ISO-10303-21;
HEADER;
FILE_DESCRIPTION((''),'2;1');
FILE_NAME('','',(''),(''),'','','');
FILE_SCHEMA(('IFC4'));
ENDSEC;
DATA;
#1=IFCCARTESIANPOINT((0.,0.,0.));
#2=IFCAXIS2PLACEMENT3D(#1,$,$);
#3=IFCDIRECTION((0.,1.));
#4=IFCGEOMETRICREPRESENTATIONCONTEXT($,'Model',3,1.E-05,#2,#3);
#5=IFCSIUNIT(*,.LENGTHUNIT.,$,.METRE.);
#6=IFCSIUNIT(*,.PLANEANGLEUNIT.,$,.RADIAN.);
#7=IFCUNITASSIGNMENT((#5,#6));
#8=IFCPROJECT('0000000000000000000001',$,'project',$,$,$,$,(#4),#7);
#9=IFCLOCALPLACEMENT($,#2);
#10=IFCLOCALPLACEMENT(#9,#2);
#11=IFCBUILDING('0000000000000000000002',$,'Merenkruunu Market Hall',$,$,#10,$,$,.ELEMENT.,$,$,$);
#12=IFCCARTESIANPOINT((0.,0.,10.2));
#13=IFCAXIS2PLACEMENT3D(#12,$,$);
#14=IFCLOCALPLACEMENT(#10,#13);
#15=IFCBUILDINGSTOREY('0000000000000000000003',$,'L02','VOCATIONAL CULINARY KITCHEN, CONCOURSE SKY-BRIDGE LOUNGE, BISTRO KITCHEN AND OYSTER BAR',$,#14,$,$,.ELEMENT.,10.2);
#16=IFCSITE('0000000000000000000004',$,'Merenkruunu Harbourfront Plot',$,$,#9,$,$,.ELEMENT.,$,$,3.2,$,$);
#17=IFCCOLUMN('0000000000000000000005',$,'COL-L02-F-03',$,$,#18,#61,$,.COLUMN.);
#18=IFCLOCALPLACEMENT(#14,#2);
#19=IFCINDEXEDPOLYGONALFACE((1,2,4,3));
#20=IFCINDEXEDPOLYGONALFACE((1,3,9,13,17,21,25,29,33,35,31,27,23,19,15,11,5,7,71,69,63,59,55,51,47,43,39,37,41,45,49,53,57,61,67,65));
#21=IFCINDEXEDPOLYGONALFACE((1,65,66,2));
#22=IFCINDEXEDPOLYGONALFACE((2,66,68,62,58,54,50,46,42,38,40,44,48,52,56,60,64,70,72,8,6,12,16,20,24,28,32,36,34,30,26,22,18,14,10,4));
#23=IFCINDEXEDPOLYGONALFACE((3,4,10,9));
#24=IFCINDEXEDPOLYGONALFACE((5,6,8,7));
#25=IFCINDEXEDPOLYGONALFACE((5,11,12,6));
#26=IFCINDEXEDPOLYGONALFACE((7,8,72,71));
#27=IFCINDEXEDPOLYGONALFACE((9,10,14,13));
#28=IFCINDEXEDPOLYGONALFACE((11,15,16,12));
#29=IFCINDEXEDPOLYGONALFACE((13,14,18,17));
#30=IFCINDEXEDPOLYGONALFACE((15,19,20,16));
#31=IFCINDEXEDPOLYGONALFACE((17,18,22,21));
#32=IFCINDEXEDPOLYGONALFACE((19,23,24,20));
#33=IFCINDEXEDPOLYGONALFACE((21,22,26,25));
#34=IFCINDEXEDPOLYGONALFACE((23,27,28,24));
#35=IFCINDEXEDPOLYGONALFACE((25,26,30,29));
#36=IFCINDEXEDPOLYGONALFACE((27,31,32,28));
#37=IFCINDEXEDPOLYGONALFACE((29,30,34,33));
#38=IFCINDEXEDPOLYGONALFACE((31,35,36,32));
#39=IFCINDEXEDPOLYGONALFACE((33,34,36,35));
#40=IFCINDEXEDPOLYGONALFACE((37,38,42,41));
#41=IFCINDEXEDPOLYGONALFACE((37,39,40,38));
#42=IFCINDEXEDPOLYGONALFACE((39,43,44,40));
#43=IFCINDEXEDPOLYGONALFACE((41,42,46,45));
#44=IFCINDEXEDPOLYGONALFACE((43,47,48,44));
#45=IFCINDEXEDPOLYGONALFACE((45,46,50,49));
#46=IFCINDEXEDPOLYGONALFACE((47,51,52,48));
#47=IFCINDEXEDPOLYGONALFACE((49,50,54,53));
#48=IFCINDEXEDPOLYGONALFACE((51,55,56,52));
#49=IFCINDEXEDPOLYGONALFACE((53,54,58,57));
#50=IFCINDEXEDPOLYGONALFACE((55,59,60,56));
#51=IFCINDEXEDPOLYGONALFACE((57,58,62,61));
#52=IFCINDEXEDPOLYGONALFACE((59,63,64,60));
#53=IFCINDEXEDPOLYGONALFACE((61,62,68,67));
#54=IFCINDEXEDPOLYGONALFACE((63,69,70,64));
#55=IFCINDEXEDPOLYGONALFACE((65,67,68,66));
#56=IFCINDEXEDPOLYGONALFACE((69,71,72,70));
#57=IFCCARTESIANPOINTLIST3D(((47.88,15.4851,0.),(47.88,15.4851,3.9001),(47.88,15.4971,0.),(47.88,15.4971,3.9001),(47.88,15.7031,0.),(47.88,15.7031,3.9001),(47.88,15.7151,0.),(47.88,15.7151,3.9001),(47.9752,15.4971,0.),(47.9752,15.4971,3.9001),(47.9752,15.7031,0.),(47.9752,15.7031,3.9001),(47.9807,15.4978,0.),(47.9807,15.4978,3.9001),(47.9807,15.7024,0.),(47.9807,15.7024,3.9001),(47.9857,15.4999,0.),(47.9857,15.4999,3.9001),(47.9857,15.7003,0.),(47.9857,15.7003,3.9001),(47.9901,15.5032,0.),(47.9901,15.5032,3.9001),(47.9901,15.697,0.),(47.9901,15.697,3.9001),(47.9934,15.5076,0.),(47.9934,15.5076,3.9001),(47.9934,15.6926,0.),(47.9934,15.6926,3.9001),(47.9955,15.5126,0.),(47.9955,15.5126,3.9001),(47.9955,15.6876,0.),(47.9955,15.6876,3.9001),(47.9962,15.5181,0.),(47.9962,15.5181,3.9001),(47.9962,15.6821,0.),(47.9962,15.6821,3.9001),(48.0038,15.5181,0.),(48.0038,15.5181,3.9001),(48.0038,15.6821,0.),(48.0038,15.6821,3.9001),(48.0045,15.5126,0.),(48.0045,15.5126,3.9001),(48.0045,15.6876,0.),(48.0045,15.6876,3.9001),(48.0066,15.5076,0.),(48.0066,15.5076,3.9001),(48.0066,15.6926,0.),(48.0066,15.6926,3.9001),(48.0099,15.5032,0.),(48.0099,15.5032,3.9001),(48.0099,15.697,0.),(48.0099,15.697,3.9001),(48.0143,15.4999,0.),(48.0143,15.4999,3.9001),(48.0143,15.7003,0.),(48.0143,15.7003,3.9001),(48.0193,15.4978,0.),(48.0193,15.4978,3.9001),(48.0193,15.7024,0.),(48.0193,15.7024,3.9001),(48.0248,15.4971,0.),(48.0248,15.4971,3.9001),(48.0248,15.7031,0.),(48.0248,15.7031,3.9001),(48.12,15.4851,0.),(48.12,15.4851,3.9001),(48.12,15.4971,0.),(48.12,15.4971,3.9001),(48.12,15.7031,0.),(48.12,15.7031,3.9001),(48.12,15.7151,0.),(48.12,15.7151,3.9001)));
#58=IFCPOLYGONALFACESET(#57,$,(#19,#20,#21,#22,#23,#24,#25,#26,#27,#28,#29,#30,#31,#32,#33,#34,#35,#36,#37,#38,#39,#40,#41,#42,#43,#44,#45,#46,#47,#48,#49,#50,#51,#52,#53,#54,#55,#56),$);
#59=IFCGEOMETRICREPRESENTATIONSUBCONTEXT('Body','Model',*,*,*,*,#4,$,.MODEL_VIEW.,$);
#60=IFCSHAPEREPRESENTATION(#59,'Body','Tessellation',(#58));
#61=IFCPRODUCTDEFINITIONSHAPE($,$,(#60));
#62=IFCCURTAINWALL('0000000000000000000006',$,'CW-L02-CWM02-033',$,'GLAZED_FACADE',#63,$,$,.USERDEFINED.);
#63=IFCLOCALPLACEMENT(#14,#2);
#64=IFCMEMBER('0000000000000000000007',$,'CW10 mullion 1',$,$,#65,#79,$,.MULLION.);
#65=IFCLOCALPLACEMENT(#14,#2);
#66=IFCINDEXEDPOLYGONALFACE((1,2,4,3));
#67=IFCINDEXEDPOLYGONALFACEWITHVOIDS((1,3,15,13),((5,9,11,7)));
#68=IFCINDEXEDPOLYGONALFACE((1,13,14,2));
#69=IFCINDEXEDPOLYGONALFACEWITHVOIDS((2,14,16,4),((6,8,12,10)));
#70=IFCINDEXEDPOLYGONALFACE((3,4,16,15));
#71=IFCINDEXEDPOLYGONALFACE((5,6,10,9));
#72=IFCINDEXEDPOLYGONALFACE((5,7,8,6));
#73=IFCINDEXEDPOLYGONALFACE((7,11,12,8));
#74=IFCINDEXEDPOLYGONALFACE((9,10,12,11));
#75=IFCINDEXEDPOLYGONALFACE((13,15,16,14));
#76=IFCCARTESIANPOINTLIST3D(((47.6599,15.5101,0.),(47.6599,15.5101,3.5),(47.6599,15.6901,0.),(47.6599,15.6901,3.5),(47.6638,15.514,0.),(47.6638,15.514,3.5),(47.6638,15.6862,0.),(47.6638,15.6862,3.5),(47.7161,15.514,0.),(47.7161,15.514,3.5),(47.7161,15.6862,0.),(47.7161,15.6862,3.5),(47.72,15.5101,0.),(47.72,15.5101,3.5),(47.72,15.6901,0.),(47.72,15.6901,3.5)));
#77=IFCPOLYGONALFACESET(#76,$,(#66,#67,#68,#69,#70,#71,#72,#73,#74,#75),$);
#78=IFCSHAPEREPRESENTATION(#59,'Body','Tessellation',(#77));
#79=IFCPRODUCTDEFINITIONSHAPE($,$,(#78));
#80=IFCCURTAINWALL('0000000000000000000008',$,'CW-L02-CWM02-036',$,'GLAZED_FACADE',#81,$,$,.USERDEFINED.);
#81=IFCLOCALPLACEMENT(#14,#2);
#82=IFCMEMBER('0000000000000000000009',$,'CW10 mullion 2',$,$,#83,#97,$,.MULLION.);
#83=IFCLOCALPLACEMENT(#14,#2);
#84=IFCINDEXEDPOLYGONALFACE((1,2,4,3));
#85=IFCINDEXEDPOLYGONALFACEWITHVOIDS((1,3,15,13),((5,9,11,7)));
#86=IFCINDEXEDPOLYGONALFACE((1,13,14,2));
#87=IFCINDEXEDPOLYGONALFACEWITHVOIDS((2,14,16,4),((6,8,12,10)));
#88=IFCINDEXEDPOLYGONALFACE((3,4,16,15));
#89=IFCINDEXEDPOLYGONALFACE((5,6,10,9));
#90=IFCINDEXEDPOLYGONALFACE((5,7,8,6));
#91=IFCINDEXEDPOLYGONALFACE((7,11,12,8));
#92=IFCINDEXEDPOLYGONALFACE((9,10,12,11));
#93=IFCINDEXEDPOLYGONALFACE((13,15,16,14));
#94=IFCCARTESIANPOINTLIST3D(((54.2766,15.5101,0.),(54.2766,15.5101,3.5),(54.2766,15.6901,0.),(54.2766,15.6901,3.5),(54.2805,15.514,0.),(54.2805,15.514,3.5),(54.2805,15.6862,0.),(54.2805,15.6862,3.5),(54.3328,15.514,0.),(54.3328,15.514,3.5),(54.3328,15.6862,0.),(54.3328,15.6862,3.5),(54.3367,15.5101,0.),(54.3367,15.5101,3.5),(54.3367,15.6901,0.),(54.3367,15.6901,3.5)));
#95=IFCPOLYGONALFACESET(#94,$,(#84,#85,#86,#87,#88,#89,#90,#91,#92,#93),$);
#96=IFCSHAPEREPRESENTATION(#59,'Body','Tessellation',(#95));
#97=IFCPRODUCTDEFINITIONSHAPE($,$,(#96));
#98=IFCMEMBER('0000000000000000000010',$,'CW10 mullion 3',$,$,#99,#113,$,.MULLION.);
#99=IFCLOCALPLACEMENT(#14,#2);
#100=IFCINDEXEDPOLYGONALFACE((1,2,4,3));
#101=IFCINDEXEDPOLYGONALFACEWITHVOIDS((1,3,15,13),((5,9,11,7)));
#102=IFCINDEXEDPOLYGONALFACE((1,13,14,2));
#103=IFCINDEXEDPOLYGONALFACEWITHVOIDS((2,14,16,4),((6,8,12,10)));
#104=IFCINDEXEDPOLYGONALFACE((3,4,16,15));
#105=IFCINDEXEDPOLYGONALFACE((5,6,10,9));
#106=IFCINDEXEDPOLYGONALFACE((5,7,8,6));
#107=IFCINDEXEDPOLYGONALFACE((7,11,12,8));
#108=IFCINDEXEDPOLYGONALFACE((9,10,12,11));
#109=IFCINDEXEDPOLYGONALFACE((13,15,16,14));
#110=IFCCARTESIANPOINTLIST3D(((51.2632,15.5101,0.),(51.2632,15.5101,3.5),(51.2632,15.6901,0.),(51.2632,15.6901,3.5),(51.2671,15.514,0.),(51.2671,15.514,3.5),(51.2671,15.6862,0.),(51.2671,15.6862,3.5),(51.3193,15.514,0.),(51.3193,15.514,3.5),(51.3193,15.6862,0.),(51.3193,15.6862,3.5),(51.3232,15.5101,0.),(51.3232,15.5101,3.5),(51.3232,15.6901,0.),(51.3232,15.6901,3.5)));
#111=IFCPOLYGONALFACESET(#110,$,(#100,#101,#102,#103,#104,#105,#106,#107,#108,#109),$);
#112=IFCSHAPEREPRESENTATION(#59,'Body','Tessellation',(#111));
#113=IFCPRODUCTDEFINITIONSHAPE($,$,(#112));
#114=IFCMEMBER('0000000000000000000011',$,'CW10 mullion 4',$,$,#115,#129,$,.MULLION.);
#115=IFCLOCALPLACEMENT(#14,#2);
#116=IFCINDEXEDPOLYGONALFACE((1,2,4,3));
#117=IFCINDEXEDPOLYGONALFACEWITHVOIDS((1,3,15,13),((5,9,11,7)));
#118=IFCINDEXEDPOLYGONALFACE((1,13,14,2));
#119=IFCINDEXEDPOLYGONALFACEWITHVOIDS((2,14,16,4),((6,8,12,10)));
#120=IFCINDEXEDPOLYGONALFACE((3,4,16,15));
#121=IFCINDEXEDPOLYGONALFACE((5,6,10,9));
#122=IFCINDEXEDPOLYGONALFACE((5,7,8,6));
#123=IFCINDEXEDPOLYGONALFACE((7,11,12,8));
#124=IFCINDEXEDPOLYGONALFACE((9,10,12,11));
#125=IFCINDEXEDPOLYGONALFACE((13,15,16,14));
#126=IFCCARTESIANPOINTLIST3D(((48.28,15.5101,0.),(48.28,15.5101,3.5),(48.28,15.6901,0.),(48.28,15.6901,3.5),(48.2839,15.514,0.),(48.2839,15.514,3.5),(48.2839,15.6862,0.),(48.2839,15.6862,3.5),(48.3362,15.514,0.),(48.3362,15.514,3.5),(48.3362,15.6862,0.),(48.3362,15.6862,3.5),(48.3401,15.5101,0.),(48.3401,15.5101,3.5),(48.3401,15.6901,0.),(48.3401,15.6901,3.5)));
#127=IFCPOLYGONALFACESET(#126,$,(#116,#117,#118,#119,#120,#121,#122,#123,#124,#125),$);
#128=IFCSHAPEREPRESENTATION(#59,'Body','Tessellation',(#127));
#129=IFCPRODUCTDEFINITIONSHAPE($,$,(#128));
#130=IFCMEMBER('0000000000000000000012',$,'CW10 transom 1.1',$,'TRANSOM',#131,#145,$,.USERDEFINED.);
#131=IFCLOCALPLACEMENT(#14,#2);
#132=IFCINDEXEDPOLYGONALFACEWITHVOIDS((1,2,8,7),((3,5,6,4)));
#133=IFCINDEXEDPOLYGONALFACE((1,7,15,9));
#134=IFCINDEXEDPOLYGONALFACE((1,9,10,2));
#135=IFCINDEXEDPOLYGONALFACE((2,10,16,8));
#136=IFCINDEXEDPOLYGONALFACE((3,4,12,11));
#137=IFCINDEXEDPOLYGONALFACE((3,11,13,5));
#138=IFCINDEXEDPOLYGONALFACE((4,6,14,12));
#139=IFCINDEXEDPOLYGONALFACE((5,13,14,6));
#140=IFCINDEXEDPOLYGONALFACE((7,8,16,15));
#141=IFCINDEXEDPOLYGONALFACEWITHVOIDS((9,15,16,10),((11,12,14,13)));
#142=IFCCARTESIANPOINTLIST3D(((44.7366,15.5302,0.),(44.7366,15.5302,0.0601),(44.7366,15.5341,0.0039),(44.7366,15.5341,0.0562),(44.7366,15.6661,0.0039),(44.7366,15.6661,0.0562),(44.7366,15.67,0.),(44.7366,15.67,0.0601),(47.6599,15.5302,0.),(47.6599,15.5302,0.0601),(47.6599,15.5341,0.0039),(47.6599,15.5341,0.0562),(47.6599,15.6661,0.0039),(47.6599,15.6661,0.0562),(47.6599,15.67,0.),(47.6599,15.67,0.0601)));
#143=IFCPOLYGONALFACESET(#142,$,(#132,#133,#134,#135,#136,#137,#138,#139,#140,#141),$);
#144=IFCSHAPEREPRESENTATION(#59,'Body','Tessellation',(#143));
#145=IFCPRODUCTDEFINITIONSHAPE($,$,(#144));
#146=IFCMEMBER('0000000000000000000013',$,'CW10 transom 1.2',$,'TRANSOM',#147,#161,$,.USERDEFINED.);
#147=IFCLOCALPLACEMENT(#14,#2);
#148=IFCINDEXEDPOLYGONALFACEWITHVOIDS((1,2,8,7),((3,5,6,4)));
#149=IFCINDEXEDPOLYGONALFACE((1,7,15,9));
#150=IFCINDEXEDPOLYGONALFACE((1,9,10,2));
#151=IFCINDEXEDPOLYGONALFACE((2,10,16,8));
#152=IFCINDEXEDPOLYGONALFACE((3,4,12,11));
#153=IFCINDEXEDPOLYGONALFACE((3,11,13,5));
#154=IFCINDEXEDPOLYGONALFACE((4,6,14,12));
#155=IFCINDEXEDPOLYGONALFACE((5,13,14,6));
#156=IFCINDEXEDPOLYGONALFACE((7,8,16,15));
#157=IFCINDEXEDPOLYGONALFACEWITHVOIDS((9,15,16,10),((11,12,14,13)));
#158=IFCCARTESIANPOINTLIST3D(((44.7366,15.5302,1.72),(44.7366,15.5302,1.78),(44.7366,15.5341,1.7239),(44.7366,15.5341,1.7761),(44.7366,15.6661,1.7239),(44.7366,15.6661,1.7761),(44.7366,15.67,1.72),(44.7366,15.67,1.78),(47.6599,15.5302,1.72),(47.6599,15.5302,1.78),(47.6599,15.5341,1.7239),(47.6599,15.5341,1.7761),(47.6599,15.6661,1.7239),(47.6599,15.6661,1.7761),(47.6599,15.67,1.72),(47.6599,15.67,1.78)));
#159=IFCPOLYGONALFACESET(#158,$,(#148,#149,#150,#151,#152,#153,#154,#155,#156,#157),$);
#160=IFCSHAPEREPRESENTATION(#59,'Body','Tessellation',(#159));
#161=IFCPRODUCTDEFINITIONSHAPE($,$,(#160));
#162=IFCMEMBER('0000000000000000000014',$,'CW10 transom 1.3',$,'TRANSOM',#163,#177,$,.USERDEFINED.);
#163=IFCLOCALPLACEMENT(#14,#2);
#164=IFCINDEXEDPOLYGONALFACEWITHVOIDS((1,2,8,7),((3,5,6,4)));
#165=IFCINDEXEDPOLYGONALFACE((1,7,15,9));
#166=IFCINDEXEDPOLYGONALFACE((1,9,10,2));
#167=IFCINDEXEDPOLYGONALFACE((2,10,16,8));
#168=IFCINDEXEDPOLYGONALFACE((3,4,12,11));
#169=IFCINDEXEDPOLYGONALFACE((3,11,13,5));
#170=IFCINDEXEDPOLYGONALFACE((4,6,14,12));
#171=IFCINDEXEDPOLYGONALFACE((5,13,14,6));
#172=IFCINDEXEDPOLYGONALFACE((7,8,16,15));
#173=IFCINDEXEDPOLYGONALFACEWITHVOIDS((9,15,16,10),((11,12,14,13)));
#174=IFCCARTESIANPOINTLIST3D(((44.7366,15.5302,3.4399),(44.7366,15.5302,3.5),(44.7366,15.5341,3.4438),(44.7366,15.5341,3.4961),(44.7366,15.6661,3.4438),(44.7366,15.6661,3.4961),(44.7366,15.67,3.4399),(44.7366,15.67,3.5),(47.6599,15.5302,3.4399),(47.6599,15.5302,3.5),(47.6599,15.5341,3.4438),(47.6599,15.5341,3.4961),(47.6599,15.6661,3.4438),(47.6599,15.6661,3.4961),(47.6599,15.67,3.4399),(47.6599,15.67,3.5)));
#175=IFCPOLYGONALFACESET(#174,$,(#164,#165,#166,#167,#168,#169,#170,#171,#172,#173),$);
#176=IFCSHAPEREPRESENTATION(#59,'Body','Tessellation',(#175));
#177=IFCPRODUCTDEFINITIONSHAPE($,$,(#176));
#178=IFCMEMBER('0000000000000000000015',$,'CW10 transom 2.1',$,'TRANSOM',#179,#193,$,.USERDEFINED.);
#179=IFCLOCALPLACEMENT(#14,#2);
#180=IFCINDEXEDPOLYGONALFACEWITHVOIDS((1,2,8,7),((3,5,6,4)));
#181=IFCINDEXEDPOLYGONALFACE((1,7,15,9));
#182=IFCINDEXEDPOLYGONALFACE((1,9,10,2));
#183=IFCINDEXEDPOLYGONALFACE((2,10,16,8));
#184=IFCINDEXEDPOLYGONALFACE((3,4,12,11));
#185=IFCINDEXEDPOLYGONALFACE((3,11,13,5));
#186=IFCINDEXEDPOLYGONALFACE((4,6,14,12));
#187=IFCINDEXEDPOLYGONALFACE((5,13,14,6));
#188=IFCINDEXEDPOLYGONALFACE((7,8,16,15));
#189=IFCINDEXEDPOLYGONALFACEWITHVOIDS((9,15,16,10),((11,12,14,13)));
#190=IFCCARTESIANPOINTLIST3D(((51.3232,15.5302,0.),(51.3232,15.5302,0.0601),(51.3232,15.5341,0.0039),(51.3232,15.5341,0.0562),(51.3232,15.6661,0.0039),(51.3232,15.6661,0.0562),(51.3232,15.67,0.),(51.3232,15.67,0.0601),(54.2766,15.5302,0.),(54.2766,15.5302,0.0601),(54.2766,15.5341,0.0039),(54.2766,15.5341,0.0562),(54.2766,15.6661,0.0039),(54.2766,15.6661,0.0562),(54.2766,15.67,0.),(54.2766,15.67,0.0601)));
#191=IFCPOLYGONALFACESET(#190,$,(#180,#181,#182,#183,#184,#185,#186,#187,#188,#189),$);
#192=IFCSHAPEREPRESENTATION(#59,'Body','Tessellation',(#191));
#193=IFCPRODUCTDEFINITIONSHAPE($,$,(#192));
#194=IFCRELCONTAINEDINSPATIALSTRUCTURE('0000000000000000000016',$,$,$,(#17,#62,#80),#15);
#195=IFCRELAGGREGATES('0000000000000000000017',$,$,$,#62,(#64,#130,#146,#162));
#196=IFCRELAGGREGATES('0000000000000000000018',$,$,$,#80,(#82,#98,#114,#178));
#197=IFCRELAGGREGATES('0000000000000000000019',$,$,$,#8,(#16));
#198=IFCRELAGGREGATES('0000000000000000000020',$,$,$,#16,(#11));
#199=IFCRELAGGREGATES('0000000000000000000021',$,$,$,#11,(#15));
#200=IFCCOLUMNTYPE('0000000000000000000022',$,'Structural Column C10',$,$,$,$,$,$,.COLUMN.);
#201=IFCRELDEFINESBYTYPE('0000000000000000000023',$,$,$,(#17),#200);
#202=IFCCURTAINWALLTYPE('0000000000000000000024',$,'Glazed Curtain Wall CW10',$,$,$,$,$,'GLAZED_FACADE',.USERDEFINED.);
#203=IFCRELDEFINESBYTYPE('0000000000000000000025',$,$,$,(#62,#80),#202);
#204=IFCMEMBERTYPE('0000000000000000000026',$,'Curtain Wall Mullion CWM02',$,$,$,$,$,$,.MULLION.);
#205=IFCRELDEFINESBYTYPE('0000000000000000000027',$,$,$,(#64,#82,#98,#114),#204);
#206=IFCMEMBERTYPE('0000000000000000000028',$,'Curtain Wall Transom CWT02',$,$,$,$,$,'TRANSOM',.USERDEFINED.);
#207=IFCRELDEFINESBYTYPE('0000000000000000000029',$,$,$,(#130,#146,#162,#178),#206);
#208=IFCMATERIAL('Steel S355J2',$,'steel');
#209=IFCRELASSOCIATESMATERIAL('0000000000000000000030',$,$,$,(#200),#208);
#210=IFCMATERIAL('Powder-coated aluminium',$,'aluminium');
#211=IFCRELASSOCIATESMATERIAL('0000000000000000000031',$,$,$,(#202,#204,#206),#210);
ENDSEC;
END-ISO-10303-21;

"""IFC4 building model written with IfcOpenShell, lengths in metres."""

from ifc_helpers import new_model, si_unit, direction, frame, origin, origin_2d, place, context, subcontext, project, spatial, hollow_rectangle, i_section, extrude, material, material_profile, profile_set, type_object, element, aggregate, save


model = new_model("IFC4")

# Units and contexts
model_context = context("Model", 3, precision=1e-05, world=origin(), true_north=direction((0.0, 1.0)))
body_context = subcontext(model_context, "Body", "Model", "MODEL_VIEW")
ifc_project = project(units=[si_unit("LENGTHUNIT", "METRE"), si_unit("PLANEANGLEUNIT", "RADIAN")], contexts=[model_context])

# Site, building, storey
site_placement = place(None, origin())
site = spatial("IfcSite", under=ifc_project, at=site_placement, Name="Merenkruunu Harbourfront Plot", CompositionType="ELEMENT", RefElevation=3.2)
building_placement = place(site_placement, origin())
building = spatial("IfcBuilding", under=site, at=building_placement, Name="Merenkruunu Market Hall", CompositionType="ELEMENT")
storey_placement = place(building_placement, frame((0.0, 0.0, 10.2)))
storey = spatial("IfcBuildingStorey", under=building, at=storey_placement, Name="L02", Description="VOCATIONAL CULINARY KITCHEN, CONCOURSE SKY-BRIDGE LOUNGE, BISTRO KITCHEN AND OYSTER BAR", CompositionType="ELEMENT", Elevation=10.2)

# Column
ifc_material_1 = material(Name="Steel S355J2", Category="steel")
ifc_material_profile_1 = material_profile(ifc_material_1, i_section(OverallWidth=0.24, OverallDepth=0.23, WebThickness=0.0076, FlangeThickness=0.012, FilletRadius=0.021, at=origin_2d()), Name="HEA 240")
ifc_profile_set_1 = profile_set([ifc_material_profile_1], Name="Steel S355J2")
column_type = type_object("IfcColumnType", Name="Structural Column C10", PredefinedType="COLUMN", material=ifc_profile_set_1)
column_placement = place(storey_placement, frame((48.0, 15.6001, 0.0), z_axis=(0.0, 0.0, 1.0), x_axis=(1.0, 0.0, 0.0)))
element("IfcColumn", 1, at=column_placement, inside=storey, type_object=column_type, Name="COL-L02-F-03", PredefinedType="COLUMN", context=body_context, shape_type="SweptSolid", body=[
    extrude(i_section(OverallWidth=0.24, OverallDepth=0.23, WebThickness=0.0076, FlangeThickness=0.012, FilletRadius=0.021, at=origin_2d()), origin(), (0.0, 0.0, 1.0), 3.9001),
])

# Curtain wall, member
ifc_material_2 = material(Name="Powder-coated aluminium", Category="aluminium")
curtain_wall_type = type_object("IfcCurtainWallType", Name="Glazed Curtain Wall CW10", ElementType="GLAZED_FACADE", PredefinedType="USERDEFINED", material=ifc_material_2)
curtain_wall_1_placement = place(storey_placement, origin())
curtain_wall_1 = element("IfcCurtainWall", 2, at=curtain_wall_1_placement, inside=storey, type_object=curtain_wall_type, Name="CW-L02-CWM02-033", ObjectType="GLAZED_FACADE", PredefinedType="USERDEFINED")
ifc_material_profile_2 = material_profile(ifc_material_2, hollow_rectangle(XDim=0.0601, YDim=0.1799, WallThickness=0.0039, at=origin_2d()), Name="ALU 60x180x4")
ifc_profile_set_2 = profile_set([ifc_material_profile_2], Name="Powder-coated aluminium")
member_type_1 = type_object("IfcMemberType", Name="Curtain Wall Mullion CWM02", PredefinedType="MULLION", material=ifc_profile_set_2)
member_1_placement = place(storey_placement, frame((47.6899, 15.6001, 0.0), z_axis=(0.0, 0.0, 1.0), x_axis=(-1.0, 0.0, 0.0)))
member_1 = element("IfcMember", 3, at=member_1_placement, type_object=member_type_1, Name="CW10 mullion 1", PredefinedType="MULLION", context=body_context, shape_type="SweptSolid", body=[
    extrude(hollow_rectangle(XDim=0.0601, YDim=0.1799, WallThickness=0.0039, at=origin_2d()), origin(), (0.0, 0.0, 1.0), 3.5),
])

# Curtain wall, members
curtain_wall_2_placement = place(storey_placement, origin())
curtain_wall_2 = element("IfcCurtainWall", 4, at=curtain_wall_2_placement, inside=storey, type_object=curtain_wall_type, Name="CW-L02-CWM02-036", ObjectType="GLAZED_FACADE", PredefinedType="USERDEFINED")
member_2_placement = place(storey_placement, frame((54.3066, 15.6001, 0.0), z_axis=(0.0, 0.0, 1.0), x_axis=(-1.0, 0.0, 0.0)))
member_2 = element("IfcMember", 5, at=member_2_placement, type_object=member_type_1, Name="CW10 mullion 2", PredefinedType="MULLION", context=body_context, shape_type="SweptSolid", body=[
    extrude(hollow_rectangle(XDim=0.0601, YDim=0.1799, WallThickness=0.0039, at=origin_2d()), origin(), (0.0, 0.0, 1.0), 3.5),
])
member_3_placement = place(storey_placement, frame((51.2932, 15.6001, 0.0), z_axis=(0.0, 0.0, 1.0), x_axis=(-1.0, 0.0, 0.0)))
member_3 = element("IfcMember", 6, at=member_3_placement, type_object=member_type_1, Name="CW10 mullion 3", PredefinedType="MULLION", context=body_context, shape_type="SweptSolid", body=[
    extrude(hollow_rectangle(XDim=0.0601, YDim=0.1799, WallThickness=0.0039, at=origin_2d()), origin(), (0.0, 0.0, 1.0), 3.5),
])
member_4_placement = place(storey_placement, frame((48.3101, 15.6001, 0.0), z_axis=(0.0, 0.0, 1.0), x_axis=(-1.0, 0.0, 0.0)))
member_4 = element("IfcMember", 7, at=member_4_placement, type_object=member_type_1, Name="CW10 mullion 4", PredefinedType="MULLION", context=body_context, shape_type="SweptSolid", body=[
    extrude(hollow_rectangle(XDim=0.0601, YDim=0.1799, WallThickness=0.0039, at=origin_2d()), origin(), (0.0, 0.0, 1.0), 3.5),
])

# Members
ifc_material_profile_3 = material_profile(ifc_material_2, hollow_rectangle(XDim=0.0601, YDim=0.1399, WallThickness=0.0039, at=origin_2d()), Name="ALU 60x140x4")
ifc_profile_set_3 = profile_set([ifc_material_profile_3], Name="Powder-coated aluminium")
member_type_2 = type_object("IfcMemberType", Name="Curtain Wall Transom CWT02", ElementType="TRANSOM", PredefinedType="USERDEFINED", material=ifc_profile_set_3)
member_5_placement = place(storey_placement, frame((47.6599, 15.6001, 0.03), z_axis=(-1.0, 0.0, 0.0), x_axis=(0.0, 0.0, 1.0)))
member_5 = element("IfcMember", 8, at=member_5_placement, type_object=member_type_2, Name="CW10 transom 1.1", ObjectType="TRANSOM", PredefinedType="USERDEFINED", context=body_context, shape_type="SweptSolid", body=[
    extrude(hollow_rectangle(XDim=0.0601, YDim=0.1399, WallThickness=0.0039, at=origin_2d()), origin(), (0.0, 0.0, 1.0), 2.9233),
])
member_6_placement = place(storey_placement, frame((47.6599, 15.6001, 1.75), z_axis=(-1.0, 0.0, 0.0), x_axis=(0.0, 0.0, 1.0)))
member_6 = element("IfcMember", 9, at=member_6_placement, type_object=member_type_2, Name="CW10 transom 1.2", ObjectType="TRANSOM", PredefinedType="USERDEFINED", context=body_context, shape_type="SweptSolid", body=[
    extrude(hollow_rectangle(XDim=0.0601, YDim=0.1399, WallThickness=0.0039, at=origin_2d()), origin(), (0.0, 0.0, 1.0), 2.9233),
])
member_7_placement = place(storey_placement, frame((47.6599, 15.6001, 3.47), z_axis=(-1.0, 0.0, 0.0), x_axis=(0.0, 0.0, 1.0)))
member_7 = element("IfcMember", 10, at=member_7_placement, type_object=member_type_2, Name="CW10 transom 1.3", ObjectType="TRANSOM", PredefinedType="USERDEFINED", context=body_context, shape_type="SweptSolid", body=[
    extrude(hollow_rectangle(XDim=0.0601, YDim=0.1399, WallThickness=0.0039, at=origin_2d()), origin(), (0.0, 0.0, 1.0), 2.9233),
])
aggregate(curtain_wall_1, [member_1, member_5, member_6, member_7])
member_8_placement = place(storey_placement, frame((54.2766, 15.6001, 0.03), z_axis=(-1.0, 0.0, 0.0), x_axis=(0.0, 0.0, 1.0)))
member_8 = element("IfcMember", 11, at=member_8_placement, type_object=member_type_2, Name="CW10 transom 2.1", ObjectType="TRANSOM", PredefinedType="USERDEFINED", context=body_context, shape_type="SweptSolid", body=[
    extrude(hollow_rectangle(XDim=0.0601, YDim=0.1399, WallThickness=0.0039, at=origin_2d()), origin(), (0.0, 0.0, 1.0), 2.9534),
])

aggregate(curtain_wall_2, [member_2, member_3, member_4, member_8])

save(model, "model.ifc")
